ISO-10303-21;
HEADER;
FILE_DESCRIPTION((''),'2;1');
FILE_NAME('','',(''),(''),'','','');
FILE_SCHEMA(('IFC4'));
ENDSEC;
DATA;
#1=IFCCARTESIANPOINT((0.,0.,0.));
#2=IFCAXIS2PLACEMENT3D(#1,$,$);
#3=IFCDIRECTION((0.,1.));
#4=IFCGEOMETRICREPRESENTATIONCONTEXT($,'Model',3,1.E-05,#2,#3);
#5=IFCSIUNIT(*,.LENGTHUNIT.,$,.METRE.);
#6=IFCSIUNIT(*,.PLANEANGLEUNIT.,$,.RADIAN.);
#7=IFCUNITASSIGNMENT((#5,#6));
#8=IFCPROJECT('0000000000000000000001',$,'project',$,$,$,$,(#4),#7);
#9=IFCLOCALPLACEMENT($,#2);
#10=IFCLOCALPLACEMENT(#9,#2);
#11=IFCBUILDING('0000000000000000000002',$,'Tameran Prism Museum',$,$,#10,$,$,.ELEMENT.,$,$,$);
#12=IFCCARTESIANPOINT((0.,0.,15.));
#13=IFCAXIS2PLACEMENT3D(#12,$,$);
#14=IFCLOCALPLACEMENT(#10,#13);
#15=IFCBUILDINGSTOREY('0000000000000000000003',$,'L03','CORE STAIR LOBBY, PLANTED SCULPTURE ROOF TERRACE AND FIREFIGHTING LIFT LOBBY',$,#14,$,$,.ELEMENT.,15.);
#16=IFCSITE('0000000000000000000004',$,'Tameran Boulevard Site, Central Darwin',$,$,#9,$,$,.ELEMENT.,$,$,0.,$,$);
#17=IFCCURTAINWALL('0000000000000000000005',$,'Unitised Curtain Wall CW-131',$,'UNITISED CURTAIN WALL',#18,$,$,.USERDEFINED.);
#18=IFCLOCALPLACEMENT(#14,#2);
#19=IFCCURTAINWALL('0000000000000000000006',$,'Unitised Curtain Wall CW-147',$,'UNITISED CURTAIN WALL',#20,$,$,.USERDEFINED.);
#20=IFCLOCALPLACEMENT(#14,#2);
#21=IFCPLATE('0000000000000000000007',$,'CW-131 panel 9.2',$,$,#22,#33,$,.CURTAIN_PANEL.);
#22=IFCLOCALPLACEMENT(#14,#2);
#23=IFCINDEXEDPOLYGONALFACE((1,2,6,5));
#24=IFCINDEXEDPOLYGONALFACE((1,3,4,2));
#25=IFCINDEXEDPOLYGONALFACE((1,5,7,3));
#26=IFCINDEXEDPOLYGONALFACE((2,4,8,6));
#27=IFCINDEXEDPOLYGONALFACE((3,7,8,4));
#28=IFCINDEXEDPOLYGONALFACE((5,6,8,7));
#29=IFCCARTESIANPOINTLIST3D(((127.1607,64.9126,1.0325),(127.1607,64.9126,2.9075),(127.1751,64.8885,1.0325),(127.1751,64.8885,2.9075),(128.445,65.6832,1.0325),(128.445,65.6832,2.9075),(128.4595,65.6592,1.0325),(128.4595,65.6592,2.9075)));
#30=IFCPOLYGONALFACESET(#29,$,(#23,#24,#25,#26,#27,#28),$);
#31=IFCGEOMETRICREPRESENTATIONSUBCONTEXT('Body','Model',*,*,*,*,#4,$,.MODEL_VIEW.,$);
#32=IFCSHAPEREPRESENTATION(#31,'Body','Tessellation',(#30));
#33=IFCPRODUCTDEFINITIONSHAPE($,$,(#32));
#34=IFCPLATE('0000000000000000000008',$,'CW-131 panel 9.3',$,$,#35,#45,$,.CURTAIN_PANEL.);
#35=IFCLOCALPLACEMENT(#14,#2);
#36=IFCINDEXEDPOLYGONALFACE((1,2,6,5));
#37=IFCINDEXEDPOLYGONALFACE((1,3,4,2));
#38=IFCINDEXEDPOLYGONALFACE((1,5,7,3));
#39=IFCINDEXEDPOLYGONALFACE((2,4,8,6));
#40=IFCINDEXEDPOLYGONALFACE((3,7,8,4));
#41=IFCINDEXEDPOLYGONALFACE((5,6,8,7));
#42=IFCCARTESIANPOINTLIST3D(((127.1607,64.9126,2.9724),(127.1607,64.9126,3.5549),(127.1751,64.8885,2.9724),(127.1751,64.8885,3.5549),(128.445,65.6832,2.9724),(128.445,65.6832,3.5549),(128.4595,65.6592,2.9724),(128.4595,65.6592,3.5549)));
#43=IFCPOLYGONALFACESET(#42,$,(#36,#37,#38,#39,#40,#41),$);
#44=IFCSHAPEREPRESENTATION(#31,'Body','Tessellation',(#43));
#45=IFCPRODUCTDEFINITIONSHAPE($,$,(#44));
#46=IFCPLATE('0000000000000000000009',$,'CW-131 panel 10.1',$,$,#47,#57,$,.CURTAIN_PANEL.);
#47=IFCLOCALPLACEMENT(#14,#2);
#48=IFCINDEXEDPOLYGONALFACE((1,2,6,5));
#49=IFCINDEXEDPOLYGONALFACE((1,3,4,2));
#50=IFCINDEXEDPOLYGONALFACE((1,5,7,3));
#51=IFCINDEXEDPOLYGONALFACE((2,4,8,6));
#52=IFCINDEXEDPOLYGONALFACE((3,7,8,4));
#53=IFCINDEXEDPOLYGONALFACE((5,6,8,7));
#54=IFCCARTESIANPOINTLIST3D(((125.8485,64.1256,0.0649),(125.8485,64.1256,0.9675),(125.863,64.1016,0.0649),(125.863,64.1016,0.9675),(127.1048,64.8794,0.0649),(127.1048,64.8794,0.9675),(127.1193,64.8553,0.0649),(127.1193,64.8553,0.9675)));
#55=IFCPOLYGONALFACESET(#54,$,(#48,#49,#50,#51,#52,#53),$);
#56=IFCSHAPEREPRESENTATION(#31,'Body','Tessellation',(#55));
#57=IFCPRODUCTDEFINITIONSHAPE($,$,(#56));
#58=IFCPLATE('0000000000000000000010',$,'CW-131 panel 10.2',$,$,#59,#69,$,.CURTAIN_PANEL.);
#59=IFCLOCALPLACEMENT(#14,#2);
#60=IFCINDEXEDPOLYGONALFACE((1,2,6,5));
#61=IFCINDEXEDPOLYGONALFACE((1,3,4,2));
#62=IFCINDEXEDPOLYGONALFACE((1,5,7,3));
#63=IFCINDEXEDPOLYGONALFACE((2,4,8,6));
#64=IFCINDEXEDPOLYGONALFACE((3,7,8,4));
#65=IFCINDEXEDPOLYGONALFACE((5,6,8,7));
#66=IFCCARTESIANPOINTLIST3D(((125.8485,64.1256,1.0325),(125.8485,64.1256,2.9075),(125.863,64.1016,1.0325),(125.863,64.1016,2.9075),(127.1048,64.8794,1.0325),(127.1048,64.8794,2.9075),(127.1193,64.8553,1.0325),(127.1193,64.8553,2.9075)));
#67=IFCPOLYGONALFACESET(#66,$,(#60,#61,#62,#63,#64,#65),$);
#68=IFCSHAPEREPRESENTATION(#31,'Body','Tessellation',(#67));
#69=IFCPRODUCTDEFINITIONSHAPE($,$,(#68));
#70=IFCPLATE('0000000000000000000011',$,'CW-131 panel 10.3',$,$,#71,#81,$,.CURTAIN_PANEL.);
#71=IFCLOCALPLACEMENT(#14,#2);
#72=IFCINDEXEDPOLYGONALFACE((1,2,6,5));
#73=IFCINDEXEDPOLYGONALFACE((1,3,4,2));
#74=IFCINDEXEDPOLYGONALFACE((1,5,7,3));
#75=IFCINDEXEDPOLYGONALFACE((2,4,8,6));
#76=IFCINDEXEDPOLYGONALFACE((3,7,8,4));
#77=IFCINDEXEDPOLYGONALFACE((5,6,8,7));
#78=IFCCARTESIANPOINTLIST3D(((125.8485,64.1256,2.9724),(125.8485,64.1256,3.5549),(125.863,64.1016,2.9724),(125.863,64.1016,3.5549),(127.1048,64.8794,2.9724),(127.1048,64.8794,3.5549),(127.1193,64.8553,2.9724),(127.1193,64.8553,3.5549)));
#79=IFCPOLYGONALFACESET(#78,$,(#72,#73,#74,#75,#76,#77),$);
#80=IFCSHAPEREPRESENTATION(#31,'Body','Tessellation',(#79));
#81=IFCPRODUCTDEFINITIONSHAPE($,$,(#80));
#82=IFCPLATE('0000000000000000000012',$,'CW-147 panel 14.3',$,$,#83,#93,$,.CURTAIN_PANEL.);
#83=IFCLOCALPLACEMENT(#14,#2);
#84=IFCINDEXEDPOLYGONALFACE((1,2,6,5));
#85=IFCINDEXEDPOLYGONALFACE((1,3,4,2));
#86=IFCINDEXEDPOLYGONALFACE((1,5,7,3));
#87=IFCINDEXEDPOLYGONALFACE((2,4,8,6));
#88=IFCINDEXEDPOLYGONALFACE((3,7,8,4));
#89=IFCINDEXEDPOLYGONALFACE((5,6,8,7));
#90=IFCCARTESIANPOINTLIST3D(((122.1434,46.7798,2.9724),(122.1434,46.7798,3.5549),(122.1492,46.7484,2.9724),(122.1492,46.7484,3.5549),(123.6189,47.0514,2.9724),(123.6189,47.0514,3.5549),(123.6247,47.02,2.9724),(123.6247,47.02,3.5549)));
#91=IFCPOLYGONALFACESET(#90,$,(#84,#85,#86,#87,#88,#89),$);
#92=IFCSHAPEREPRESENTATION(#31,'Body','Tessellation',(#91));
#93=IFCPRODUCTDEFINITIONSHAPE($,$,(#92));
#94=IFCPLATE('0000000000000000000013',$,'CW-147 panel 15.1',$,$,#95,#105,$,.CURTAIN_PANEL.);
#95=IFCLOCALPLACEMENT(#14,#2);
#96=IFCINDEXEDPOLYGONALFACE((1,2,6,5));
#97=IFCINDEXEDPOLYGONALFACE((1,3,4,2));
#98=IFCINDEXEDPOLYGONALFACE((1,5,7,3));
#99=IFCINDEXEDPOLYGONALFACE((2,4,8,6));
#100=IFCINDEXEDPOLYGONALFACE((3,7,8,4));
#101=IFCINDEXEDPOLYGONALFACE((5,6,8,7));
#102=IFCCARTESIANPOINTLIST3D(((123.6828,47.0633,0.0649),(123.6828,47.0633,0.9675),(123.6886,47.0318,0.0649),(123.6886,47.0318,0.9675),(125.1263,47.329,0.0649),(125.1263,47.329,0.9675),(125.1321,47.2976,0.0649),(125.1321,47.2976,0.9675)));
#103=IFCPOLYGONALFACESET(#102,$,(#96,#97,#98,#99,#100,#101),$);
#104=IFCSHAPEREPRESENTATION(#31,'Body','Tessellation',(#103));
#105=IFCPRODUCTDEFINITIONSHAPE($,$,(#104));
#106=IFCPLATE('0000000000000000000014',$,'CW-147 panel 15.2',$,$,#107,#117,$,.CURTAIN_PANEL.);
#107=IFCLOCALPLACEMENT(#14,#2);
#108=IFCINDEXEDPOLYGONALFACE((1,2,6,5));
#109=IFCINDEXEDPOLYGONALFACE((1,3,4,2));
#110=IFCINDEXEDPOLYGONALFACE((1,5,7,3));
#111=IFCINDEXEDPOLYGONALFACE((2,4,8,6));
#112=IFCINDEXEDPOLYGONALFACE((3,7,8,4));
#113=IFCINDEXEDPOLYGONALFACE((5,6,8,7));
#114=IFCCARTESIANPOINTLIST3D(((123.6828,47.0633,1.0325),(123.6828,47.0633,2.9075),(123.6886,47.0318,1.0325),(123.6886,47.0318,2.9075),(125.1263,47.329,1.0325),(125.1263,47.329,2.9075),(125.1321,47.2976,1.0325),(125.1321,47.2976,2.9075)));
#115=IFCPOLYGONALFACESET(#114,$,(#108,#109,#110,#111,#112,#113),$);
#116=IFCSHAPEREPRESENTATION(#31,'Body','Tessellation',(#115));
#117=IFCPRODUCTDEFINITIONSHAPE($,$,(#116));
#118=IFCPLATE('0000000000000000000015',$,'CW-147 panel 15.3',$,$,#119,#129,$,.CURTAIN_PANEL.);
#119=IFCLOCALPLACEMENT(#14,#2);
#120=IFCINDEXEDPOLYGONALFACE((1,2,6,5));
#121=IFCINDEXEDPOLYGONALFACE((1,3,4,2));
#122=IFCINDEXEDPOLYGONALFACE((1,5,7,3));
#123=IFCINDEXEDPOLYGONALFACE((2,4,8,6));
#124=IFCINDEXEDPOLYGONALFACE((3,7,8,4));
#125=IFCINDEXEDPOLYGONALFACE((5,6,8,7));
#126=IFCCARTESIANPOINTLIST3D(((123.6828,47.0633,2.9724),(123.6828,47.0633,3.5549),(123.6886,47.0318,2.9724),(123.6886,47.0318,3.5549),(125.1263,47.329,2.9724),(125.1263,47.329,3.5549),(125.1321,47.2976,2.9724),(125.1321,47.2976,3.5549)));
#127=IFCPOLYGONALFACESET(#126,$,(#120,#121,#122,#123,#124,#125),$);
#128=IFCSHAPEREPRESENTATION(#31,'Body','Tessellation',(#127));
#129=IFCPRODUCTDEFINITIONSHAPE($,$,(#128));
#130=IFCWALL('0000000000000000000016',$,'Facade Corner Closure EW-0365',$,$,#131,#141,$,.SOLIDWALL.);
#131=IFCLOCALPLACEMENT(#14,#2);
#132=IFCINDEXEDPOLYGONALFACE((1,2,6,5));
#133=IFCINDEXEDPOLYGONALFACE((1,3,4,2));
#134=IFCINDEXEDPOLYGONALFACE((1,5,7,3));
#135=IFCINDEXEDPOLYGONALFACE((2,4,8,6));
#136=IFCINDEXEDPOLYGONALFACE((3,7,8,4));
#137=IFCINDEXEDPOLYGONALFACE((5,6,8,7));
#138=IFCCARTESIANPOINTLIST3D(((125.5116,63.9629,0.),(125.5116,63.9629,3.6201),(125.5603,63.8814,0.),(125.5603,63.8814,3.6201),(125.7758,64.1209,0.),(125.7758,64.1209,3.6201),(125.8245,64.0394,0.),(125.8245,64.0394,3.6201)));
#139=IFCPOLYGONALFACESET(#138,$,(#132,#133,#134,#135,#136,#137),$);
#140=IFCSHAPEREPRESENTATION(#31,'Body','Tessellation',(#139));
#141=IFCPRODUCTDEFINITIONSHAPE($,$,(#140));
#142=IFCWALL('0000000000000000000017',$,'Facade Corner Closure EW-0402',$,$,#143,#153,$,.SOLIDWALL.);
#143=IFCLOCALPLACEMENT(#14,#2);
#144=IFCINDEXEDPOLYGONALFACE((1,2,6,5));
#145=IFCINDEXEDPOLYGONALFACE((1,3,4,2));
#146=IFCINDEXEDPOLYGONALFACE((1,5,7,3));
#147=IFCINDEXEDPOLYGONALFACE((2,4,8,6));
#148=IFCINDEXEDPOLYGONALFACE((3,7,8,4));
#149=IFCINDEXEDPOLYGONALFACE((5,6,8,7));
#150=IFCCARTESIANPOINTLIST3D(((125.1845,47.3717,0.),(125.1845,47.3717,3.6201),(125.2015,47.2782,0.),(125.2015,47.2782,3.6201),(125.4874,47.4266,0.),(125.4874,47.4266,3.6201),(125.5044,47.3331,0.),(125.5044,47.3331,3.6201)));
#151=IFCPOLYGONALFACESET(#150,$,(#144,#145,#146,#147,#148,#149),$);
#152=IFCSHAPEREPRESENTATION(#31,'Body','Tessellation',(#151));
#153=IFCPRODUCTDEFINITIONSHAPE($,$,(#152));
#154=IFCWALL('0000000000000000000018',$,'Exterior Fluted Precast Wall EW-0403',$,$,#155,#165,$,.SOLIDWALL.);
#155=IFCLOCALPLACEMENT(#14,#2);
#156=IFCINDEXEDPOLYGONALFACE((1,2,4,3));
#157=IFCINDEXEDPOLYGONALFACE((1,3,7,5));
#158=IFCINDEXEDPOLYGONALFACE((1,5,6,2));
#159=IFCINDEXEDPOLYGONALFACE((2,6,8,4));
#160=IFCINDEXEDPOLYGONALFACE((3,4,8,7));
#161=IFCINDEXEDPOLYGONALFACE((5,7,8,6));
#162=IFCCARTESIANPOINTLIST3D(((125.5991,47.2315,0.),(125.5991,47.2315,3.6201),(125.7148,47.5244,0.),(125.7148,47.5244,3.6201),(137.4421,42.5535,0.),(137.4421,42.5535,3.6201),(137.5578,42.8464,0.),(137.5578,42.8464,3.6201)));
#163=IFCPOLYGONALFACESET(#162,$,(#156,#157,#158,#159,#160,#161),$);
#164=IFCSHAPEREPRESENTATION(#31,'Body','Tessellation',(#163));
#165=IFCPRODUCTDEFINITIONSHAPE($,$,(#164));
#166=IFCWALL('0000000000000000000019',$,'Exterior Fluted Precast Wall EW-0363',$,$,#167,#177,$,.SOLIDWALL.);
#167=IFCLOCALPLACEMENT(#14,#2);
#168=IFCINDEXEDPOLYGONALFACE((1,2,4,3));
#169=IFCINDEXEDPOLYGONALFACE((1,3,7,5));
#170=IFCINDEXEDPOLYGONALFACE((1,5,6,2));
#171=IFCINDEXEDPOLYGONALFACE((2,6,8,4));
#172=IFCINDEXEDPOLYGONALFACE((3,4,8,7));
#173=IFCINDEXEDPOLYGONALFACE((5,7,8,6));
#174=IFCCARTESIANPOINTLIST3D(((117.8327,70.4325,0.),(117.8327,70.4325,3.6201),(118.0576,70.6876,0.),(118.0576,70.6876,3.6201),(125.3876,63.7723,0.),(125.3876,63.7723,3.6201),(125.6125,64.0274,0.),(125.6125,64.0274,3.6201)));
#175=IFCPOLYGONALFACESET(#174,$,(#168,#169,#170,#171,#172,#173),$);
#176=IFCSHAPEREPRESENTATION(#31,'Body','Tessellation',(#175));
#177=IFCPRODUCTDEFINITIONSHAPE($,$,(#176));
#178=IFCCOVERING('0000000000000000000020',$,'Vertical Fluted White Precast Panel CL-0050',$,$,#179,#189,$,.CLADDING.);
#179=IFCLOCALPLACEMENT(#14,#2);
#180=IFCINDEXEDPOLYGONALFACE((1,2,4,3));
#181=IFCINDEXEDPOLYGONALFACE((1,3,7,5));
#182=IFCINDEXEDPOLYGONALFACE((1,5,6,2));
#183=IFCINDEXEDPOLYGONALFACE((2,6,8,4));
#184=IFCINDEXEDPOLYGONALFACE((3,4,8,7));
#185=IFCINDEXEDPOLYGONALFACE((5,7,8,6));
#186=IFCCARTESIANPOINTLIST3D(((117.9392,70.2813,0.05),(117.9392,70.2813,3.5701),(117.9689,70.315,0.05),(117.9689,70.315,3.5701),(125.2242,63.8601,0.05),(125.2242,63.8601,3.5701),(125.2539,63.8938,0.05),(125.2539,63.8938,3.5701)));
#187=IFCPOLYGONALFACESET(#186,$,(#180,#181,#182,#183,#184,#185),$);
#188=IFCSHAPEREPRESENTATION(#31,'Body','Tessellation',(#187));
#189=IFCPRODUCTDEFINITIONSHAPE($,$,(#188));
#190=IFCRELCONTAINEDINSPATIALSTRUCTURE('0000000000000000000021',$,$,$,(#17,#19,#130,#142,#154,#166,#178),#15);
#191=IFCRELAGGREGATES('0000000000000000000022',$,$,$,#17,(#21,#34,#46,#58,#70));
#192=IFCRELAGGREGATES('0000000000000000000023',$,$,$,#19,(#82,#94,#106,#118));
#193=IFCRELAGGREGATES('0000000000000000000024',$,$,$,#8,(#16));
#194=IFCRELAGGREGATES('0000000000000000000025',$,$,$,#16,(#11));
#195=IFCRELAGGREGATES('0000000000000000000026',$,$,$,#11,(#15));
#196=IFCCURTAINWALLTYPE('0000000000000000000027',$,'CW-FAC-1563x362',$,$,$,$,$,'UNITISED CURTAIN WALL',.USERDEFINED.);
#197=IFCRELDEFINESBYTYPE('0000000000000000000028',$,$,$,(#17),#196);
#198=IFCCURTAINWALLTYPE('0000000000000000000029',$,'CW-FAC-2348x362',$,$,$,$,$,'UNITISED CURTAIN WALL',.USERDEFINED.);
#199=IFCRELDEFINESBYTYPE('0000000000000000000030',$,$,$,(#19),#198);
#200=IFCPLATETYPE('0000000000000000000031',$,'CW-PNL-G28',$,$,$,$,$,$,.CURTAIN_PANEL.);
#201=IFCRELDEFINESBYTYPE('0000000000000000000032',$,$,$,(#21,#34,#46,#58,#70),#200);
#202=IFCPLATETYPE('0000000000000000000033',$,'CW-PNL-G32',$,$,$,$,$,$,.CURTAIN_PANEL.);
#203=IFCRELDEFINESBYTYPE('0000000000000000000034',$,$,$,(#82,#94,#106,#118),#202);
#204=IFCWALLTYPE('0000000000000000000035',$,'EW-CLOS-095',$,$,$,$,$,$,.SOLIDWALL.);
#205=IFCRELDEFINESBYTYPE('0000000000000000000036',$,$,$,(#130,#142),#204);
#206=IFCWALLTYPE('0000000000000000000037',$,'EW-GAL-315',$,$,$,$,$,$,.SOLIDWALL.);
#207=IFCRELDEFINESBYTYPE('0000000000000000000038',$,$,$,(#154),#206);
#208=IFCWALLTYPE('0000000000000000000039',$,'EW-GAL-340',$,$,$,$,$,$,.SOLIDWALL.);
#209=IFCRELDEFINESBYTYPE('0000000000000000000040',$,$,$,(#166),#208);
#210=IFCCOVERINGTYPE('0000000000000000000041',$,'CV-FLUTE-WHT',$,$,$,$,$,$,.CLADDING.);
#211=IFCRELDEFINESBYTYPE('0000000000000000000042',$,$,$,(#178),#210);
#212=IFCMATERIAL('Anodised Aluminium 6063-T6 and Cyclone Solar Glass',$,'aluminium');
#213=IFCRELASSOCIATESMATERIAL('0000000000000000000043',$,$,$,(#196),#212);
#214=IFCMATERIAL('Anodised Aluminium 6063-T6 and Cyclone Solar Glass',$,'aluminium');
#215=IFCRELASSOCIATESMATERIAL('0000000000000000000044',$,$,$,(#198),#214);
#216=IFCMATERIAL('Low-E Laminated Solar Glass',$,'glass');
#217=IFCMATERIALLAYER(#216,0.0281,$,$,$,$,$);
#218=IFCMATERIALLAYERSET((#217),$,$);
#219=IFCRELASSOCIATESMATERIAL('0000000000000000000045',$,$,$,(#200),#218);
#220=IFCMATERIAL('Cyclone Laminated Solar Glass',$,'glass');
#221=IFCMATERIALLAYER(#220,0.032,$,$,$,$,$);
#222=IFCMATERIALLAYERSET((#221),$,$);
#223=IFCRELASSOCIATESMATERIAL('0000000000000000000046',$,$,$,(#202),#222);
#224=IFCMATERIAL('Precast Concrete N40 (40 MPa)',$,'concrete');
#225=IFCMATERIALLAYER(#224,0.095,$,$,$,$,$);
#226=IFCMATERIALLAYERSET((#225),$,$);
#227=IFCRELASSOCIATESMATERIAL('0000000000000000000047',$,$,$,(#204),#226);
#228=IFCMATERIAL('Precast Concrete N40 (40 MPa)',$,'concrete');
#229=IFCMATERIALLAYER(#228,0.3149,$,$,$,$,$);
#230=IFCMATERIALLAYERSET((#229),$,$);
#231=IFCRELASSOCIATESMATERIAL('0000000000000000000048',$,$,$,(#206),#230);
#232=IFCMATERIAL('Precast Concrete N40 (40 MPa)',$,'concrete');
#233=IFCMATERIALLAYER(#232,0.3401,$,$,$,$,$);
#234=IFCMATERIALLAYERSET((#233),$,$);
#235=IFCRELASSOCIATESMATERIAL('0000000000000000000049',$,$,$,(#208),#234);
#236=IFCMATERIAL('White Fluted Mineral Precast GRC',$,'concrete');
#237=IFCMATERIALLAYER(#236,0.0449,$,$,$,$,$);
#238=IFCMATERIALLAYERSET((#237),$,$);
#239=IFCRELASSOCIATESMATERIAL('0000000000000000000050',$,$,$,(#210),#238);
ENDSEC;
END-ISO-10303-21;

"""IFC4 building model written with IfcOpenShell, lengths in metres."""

from ifc_helpers import new_model, si_unit, direction, frame, frame_2d, origin, origin_2d, place, context, subcontext, project, spatial, rectangle, extrude, material, layer, layer_set, type_object, element, aggregate, save


model = new_model("IFC4")

# Units and contexts
model_context = context("Model", 3, precision=1e-05, world=origin(), true_north=direction((0.0, 1.0)))
body_context = subcontext(model_context, "Body", "Model", "MODEL_VIEW")
ifc_project = project(units=[si_unit("LENGTHUNIT", "METRE"), si_unit("PLANEANGLEUNIT", "RADIAN")], contexts=[model_context])

# Site, building, storey
site_placement = place(None, origin())
site = spatial("IfcSite", under=ifc_project, at=site_placement, Name="Tameran Boulevard Site, Central Darwin", CompositionType="ELEMENT", RefElevation=0.0)
building_placement = place(site_placement, origin())
building = spatial("IfcBuilding", under=site, at=building_placement, Name="Tameran Prism Museum", CompositionType="ELEMENT")
storey_placement = place(building_placement, frame((0.0, 0.0, 15.0)))
storey = spatial("IfcBuildingStorey", under=building, at=storey_placement, Name="L03", Description="CORE STAIR LOBBY, PLANTED SCULPTURE ROOF TERRACE AND FIREFIGHTING LIFT LOBBY", CompositionType="ELEMENT", Elevation=15.0)

# Curtain walls
ifc_material_1 = material(Name="Anodised Aluminium 6063-T6 and Cyclone Solar Glass", Category="aluminium")
curtain_wall_type_1 = type_object("IfcCurtainWallType", Name="CW-FAC-1563x362", ElementType="UNITISED CURTAIN WALL", PredefinedType="USERDEFINED", material=ifc_material_1)
curtain_wall_1_placement = place(storey_placement, origin())
curtain_wall_1 = element("IfcCurtainWall", 1, at=curtain_wall_1_placement, inside=storey, type_object=curtain_wall_type_1, Name="Unitised Curtain Wall CW-131", ObjectType="UNITISED CURTAIN WALL", PredefinedType="USERDEFINED")
ifc_material_2 = material(Name="Anodised Aluminium 6063-T6 and Cyclone Solar Glass", Category="aluminium")
curtain_wall_type_2 = type_object("IfcCurtainWallType", Name="CW-FAC-2348x362", ElementType="UNITISED CURTAIN WALL", PredefinedType="USERDEFINED", material=ifc_material_2)
curtain_wall_2_placement = place(storey_placement, origin())
curtain_wall_2 = element("IfcCurtainWall", 2, at=curtain_wall_2_placement, inside=storey, type_object=curtain_wall_type_2, Name="Unitised Curtain Wall CW-147", ObjectType="UNITISED CURTAIN WALL", PredefinedType="USERDEFINED")

# Plates
ifc_material_3 = material(Name="Low-E Laminated Solar Glass", Category="glass")
ifc_layer_1 = layer(ifc_material_3, 0.0281)
ifc_layer_set_1 = layer_set([ifc_layer_1])
plate_type_1 = type_object("IfcPlateType", Name="CW-PNL-G28", PredefinedType="CURTAIN_PANEL", material=ifc_layer_set_1)
plate_1_placement = place(storey_placement, frame((127.8101, 65.2859, 1.0325), z_axis=(0.0, 0.0, 1.0), x_axis=(-0.857493, -0.514496, 0.0)))
plate_1 = element("IfcPlate", 3, at=plate_1_placement, type_object=plate_type_1, Name="CW-131 panel 9.2", PredefinedType="CURTAIN_PANEL", context=body_context, shape_type="SweptSolid", body=[
    extrude(rectangle(XDim=1.4978, YDim=0.0281, at=origin_2d()), origin(), (0.0, 0.0, 1.0), 1.875),
])
plate_2_placement = place(storey_placement, frame((127.8101, 65.2859, 2.9724), z_axis=(0.0, 0.0, 1.0), x_axis=(-0.857493, -0.514496, 0.0)))
plate_2 = element("IfcPlate", 4, at=plate_2_placement, type_object=plate_type_1, Name="CW-131 panel 9.3", PredefinedType="CURTAIN_PANEL", context=body_context, shape_type="SweptSolid", body=[
    extrude(rectangle(XDim=1.4978, YDim=0.0281, at=origin_2d()), origin(), (0.0, 0.0, 1.0), 0.5825),
])
plate_3_placement = place(storey_placement, frame((126.4839, 64.4905, 0.0649), z_axis=(0.0, 0.0, 1.0), x_axis=(-0.857493, -0.514496, 0.0)))
plate_3 = element("IfcPlate", 5, at=plate_3_placement, type_object=plate_type_1, Name="CW-131 panel 10.1", PredefinedType="CURTAIN_PANEL", context=body_context, shape_type="SweptSolid", body=[
    extrude(rectangle(XDim=1.4651, YDim=0.0281, at=origin_2d()), origin(), (0.0, 0.0, 1.0), 0.9026),
])
plate_4_placement = place(storey_placement, frame((126.4839, 64.4905, 1.0325), z_axis=(0.0, 0.0, 1.0), x_axis=(-0.857493, -0.514496, 0.0)))
plate_4 = element("IfcPlate", 6, at=plate_4_placement, type_object=plate_type_1, Name="CW-131 panel 10.2", PredefinedType="CURTAIN_PANEL", context=body_context, shape_type="SweptSolid", body=[
    extrude(rectangle(XDim=1.4651, YDim=0.0281, at=origin_2d()), origin(), (0.0, 0.0, 1.0), 1.875),
])
plate_5_placement = place(storey_placement, frame((126.4839, 64.4905, 2.9724), z_axis=(0.0, 0.0, 1.0), x_axis=(-0.857493, -0.514496, 0.0)))
plate_5 = element("IfcPlate", 7, at=plate_5_placement, type_object=plate_type_1, Name="CW-131 panel 10.3", PredefinedType="CURTAIN_PANEL", context=body_context, shape_type="SweptSolid", body=[
    extrude(rectangle(XDim=1.4651, YDim=0.0281, at=origin_2d()), origin(), (0.0, 0.0, 1.0), 0.5825),
])
aggregate(curtain_wall_1, [plate_1, plate_2, plate_3, plate_4, plate_5])
ifc_material_4 = material(Name="Cyclone Laminated Solar Glass", Category="glass")
ifc_layer_2 = layer(ifc_material_4, 0.032)
ifc_layer_set_2 = layer_set([ifc_layer_2])
plate_type_2 = type_object("IfcPlateType", Name="CW-PNL-G32", PredefinedType="CURTAIN_PANEL", material=ifc_layer_set_2)
plate_6_placement = place(storey_placement, frame((122.884, 46.8999, 2.9724), z_axis=(0.0, 0.0, 1.0), x_axis=(0.983472, 0.181063, 0.0)))
plate_6 = element("IfcPlate", 8, at=plate_6_placement, type_object=plate_type_2, Name="CW-147 panel 14.3", PredefinedType="CURTAIN_PANEL", context=body_context, shape_type="SweptSolid", body=[
    extrude(rectangle(XDim=1.5002, YDim=0.032, at=origin_2d()), origin(), (0.0, 0.0, 1.0), 0.5825),
])
plate_7_placement = place(storey_placement, frame((124.4075, 47.1804, 0.0649), z_axis=(0.0, 0.0, 1.0), x_axis=(0.983472, 0.181063, 0.0)))
plate_7 = element("IfcPlate", 9, at=plate_7_placement, type_object=plate_type_2, Name="CW-147 panel 15.1", PredefinedType="CURTAIN_PANEL", context=body_context, shape_type="SweptSolid", body=[
    extrude(rectangle(XDim=1.4678, YDim=0.032, at=origin_2d()), origin(), (0.0, 0.0, 1.0), 0.9026),
])
plate_8_placement = place(storey_placement, frame((124.4075, 47.1804, 1.0325), z_axis=(0.0, 0.0, 1.0), x_axis=(0.983472, 0.181063, 0.0)))
plate_8 = element("IfcPlate", 10, at=plate_8_placement, type_object=plate_type_2, Name="CW-147 panel 15.2", PredefinedType="CURTAIN_PANEL", context=body_context, shape_type="SweptSolid", body=[
    extrude(rectangle(XDim=1.4678, YDim=0.032, at=origin_2d()), origin(), (0.0, 0.0, 1.0), 1.875),
])
plate_9_placement = place(storey_placement, frame((124.4075, 47.1804, 2.9724), z_axis=(0.0, 0.0, 1.0), x_axis=(0.983472, 0.181063, 0.0)))
plate_9 = element("IfcPlate", 11, at=plate_9_placement, type_object=plate_type_2, Name="CW-147 panel 15.3", PredefinedType="CURTAIN_PANEL", context=body_context, shape_type="SweptSolid", body=[
    extrude(rectangle(XDim=1.4678, YDim=0.032, at=origin_2d()), origin(), (0.0, 0.0, 1.0), 0.5825),
])
aggregate(curtain_wall_2, [plate_6, plate_7, plate_8, plate_9])

# Walls
ifc_material_5 = material(Name="Precast Concrete N40 (40 MPa)", Category="concrete")
ifc_layer_3 = layer(ifc_material_5, 0.095)
ifc_layer_set_3 = layer_set([ifc_layer_3])
wall_type_1 = type_object("IfcWallType", Name="EW-CLOS-095", PredefinedType="SOLIDWALL", material=ifc_layer_set_3)
for number, where, z_axis, x_axis, name in (
    (12, (125.8, 64.0801, 0.0), (0.0, 0.0, 1.0), (-0.858262, -0.513212, 0.0), "Facade Corner Closure EW-0365"),
    (13, (125.1931, 47.325, 0.0), (0.0, 0.0, 1.0), (0.983959, 0.178397, 0.0), "Facade Corner Closure EW-0402"),
):
    element("IfcWall", number, at=place(storey_placement, frame(where, z_axis=z_axis, x_axis=x_axis)), inside=storey, type_object=wall_type_1, Name=name, PredefinedType="SOLIDWALL", context=body_context, shape_type="SweptSolid", body=[
        extrude(rectangle(XDim=0.3079, YDim=0.095, at=frame_2d((0.1538, 0.0))), origin(), (0.0, 0.0, 1.0), 3.6201),
    ])
ifc_material_6 = material(Name="Precast Concrete N40 (40 MPa)", Category="concrete")
ifc_layer_4 = layer(ifc_material_6, 0.3149)
ifc_layer_set_4 = layer_set([ifc_layer_4])
wall_type_2 = type_object("IfcWallType", Name="EW-GAL-315", PredefinedType="SOLIDWALL", material=ifc_layer_set_4)
wall_1_placement = place(storey_placement, frame((125.657, 47.3779, 0.0), z_axis=(0.0, 0.0, 1.0), x_axis=(0.930072, -0.367377, 0.0)))
element("IfcWall", 14, at=wall_1_placement, inside=storey, type_object=wall_type_2, Name="Exterior Fluted Precast Wall EW-0403", PredefinedType="SOLIDWALL", context=body_context, shape_type="SweptSolid", body=[
    extrude(rectangle(XDim=12.7334, YDim=0.3149, at=frame_2d((6.3667, 0.0))), origin(), (0.0, 0.0, 1.0), 3.6201),
])
ifc_material_7 = material(Name="Precast Concrete N40 (40 MPa)", Category="concrete")
ifc_layer_5 = layer(ifc_material_7, 0.3401)
ifc_layer_set_5 = layer_set([ifc_layer_5])
wall_type_3 = type_object("IfcWallType", Name="EW-GAL-340", PredefinedType="SOLIDWALL", material=ifc_layer_set_5)
wall_2_placement = place(storey_placement, frame((125.5, 63.8999, 0.0), z_axis=(0.0, 0.0, 1.0), x_axis=(-0.750131, 0.661289, 0.0)))
element("IfcWall", 15, at=wall_2_placement, inside=storey, type_object=wall_type_3, Name="Exterior Fluted Precast Wall EW-0363", PredefinedType="SOLIDWALL", context=body_context, shape_type="SweptSolid", body=[
    extrude(rectangle(XDim=10.0715, YDim=0.3401, at=frame_2d((5.0356, 0.0))), origin(), (0.0, 0.0, 1.0), 3.6201),
])

# Covering
ifc_material_8 = material(Name="White Fluted Mineral Precast GRC", Category="concrete")
ifc_layer_6 = layer(ifc_material_8, 0.0449)
ifc_layer_set_6 = layer_set([ifc_layer_6])
covering_type = type_object("IfcCoveringType", Name="CV-FLUTE-WHT", PredefinedType="CLADDING", material=ifc_layer_set_6)
covering_1_placement = place(storey_placement, frame((125.239, 63.877, 0.05), z_axis=(0.0, 0.0, 1.0), x_axis=(-0.750181, 0.661232, 0.0)))
element("IfcCovering", 16, at=covering_1_placement, inside=storey, type_object=covering_type, Name="Vertical Fluted White Precast Panel CL-0050", PredefinedType="CLADDING", context=body_context, shape_type="SweptSolid", body=[
    extrude(rectangle(XDim=9.7109, YDim=0.0449, at=frame_2d((4.8555, 0.0))), origin(), (0.0, 0.0, 1.0), 3.52),
])

save(model, "model.ifc")
